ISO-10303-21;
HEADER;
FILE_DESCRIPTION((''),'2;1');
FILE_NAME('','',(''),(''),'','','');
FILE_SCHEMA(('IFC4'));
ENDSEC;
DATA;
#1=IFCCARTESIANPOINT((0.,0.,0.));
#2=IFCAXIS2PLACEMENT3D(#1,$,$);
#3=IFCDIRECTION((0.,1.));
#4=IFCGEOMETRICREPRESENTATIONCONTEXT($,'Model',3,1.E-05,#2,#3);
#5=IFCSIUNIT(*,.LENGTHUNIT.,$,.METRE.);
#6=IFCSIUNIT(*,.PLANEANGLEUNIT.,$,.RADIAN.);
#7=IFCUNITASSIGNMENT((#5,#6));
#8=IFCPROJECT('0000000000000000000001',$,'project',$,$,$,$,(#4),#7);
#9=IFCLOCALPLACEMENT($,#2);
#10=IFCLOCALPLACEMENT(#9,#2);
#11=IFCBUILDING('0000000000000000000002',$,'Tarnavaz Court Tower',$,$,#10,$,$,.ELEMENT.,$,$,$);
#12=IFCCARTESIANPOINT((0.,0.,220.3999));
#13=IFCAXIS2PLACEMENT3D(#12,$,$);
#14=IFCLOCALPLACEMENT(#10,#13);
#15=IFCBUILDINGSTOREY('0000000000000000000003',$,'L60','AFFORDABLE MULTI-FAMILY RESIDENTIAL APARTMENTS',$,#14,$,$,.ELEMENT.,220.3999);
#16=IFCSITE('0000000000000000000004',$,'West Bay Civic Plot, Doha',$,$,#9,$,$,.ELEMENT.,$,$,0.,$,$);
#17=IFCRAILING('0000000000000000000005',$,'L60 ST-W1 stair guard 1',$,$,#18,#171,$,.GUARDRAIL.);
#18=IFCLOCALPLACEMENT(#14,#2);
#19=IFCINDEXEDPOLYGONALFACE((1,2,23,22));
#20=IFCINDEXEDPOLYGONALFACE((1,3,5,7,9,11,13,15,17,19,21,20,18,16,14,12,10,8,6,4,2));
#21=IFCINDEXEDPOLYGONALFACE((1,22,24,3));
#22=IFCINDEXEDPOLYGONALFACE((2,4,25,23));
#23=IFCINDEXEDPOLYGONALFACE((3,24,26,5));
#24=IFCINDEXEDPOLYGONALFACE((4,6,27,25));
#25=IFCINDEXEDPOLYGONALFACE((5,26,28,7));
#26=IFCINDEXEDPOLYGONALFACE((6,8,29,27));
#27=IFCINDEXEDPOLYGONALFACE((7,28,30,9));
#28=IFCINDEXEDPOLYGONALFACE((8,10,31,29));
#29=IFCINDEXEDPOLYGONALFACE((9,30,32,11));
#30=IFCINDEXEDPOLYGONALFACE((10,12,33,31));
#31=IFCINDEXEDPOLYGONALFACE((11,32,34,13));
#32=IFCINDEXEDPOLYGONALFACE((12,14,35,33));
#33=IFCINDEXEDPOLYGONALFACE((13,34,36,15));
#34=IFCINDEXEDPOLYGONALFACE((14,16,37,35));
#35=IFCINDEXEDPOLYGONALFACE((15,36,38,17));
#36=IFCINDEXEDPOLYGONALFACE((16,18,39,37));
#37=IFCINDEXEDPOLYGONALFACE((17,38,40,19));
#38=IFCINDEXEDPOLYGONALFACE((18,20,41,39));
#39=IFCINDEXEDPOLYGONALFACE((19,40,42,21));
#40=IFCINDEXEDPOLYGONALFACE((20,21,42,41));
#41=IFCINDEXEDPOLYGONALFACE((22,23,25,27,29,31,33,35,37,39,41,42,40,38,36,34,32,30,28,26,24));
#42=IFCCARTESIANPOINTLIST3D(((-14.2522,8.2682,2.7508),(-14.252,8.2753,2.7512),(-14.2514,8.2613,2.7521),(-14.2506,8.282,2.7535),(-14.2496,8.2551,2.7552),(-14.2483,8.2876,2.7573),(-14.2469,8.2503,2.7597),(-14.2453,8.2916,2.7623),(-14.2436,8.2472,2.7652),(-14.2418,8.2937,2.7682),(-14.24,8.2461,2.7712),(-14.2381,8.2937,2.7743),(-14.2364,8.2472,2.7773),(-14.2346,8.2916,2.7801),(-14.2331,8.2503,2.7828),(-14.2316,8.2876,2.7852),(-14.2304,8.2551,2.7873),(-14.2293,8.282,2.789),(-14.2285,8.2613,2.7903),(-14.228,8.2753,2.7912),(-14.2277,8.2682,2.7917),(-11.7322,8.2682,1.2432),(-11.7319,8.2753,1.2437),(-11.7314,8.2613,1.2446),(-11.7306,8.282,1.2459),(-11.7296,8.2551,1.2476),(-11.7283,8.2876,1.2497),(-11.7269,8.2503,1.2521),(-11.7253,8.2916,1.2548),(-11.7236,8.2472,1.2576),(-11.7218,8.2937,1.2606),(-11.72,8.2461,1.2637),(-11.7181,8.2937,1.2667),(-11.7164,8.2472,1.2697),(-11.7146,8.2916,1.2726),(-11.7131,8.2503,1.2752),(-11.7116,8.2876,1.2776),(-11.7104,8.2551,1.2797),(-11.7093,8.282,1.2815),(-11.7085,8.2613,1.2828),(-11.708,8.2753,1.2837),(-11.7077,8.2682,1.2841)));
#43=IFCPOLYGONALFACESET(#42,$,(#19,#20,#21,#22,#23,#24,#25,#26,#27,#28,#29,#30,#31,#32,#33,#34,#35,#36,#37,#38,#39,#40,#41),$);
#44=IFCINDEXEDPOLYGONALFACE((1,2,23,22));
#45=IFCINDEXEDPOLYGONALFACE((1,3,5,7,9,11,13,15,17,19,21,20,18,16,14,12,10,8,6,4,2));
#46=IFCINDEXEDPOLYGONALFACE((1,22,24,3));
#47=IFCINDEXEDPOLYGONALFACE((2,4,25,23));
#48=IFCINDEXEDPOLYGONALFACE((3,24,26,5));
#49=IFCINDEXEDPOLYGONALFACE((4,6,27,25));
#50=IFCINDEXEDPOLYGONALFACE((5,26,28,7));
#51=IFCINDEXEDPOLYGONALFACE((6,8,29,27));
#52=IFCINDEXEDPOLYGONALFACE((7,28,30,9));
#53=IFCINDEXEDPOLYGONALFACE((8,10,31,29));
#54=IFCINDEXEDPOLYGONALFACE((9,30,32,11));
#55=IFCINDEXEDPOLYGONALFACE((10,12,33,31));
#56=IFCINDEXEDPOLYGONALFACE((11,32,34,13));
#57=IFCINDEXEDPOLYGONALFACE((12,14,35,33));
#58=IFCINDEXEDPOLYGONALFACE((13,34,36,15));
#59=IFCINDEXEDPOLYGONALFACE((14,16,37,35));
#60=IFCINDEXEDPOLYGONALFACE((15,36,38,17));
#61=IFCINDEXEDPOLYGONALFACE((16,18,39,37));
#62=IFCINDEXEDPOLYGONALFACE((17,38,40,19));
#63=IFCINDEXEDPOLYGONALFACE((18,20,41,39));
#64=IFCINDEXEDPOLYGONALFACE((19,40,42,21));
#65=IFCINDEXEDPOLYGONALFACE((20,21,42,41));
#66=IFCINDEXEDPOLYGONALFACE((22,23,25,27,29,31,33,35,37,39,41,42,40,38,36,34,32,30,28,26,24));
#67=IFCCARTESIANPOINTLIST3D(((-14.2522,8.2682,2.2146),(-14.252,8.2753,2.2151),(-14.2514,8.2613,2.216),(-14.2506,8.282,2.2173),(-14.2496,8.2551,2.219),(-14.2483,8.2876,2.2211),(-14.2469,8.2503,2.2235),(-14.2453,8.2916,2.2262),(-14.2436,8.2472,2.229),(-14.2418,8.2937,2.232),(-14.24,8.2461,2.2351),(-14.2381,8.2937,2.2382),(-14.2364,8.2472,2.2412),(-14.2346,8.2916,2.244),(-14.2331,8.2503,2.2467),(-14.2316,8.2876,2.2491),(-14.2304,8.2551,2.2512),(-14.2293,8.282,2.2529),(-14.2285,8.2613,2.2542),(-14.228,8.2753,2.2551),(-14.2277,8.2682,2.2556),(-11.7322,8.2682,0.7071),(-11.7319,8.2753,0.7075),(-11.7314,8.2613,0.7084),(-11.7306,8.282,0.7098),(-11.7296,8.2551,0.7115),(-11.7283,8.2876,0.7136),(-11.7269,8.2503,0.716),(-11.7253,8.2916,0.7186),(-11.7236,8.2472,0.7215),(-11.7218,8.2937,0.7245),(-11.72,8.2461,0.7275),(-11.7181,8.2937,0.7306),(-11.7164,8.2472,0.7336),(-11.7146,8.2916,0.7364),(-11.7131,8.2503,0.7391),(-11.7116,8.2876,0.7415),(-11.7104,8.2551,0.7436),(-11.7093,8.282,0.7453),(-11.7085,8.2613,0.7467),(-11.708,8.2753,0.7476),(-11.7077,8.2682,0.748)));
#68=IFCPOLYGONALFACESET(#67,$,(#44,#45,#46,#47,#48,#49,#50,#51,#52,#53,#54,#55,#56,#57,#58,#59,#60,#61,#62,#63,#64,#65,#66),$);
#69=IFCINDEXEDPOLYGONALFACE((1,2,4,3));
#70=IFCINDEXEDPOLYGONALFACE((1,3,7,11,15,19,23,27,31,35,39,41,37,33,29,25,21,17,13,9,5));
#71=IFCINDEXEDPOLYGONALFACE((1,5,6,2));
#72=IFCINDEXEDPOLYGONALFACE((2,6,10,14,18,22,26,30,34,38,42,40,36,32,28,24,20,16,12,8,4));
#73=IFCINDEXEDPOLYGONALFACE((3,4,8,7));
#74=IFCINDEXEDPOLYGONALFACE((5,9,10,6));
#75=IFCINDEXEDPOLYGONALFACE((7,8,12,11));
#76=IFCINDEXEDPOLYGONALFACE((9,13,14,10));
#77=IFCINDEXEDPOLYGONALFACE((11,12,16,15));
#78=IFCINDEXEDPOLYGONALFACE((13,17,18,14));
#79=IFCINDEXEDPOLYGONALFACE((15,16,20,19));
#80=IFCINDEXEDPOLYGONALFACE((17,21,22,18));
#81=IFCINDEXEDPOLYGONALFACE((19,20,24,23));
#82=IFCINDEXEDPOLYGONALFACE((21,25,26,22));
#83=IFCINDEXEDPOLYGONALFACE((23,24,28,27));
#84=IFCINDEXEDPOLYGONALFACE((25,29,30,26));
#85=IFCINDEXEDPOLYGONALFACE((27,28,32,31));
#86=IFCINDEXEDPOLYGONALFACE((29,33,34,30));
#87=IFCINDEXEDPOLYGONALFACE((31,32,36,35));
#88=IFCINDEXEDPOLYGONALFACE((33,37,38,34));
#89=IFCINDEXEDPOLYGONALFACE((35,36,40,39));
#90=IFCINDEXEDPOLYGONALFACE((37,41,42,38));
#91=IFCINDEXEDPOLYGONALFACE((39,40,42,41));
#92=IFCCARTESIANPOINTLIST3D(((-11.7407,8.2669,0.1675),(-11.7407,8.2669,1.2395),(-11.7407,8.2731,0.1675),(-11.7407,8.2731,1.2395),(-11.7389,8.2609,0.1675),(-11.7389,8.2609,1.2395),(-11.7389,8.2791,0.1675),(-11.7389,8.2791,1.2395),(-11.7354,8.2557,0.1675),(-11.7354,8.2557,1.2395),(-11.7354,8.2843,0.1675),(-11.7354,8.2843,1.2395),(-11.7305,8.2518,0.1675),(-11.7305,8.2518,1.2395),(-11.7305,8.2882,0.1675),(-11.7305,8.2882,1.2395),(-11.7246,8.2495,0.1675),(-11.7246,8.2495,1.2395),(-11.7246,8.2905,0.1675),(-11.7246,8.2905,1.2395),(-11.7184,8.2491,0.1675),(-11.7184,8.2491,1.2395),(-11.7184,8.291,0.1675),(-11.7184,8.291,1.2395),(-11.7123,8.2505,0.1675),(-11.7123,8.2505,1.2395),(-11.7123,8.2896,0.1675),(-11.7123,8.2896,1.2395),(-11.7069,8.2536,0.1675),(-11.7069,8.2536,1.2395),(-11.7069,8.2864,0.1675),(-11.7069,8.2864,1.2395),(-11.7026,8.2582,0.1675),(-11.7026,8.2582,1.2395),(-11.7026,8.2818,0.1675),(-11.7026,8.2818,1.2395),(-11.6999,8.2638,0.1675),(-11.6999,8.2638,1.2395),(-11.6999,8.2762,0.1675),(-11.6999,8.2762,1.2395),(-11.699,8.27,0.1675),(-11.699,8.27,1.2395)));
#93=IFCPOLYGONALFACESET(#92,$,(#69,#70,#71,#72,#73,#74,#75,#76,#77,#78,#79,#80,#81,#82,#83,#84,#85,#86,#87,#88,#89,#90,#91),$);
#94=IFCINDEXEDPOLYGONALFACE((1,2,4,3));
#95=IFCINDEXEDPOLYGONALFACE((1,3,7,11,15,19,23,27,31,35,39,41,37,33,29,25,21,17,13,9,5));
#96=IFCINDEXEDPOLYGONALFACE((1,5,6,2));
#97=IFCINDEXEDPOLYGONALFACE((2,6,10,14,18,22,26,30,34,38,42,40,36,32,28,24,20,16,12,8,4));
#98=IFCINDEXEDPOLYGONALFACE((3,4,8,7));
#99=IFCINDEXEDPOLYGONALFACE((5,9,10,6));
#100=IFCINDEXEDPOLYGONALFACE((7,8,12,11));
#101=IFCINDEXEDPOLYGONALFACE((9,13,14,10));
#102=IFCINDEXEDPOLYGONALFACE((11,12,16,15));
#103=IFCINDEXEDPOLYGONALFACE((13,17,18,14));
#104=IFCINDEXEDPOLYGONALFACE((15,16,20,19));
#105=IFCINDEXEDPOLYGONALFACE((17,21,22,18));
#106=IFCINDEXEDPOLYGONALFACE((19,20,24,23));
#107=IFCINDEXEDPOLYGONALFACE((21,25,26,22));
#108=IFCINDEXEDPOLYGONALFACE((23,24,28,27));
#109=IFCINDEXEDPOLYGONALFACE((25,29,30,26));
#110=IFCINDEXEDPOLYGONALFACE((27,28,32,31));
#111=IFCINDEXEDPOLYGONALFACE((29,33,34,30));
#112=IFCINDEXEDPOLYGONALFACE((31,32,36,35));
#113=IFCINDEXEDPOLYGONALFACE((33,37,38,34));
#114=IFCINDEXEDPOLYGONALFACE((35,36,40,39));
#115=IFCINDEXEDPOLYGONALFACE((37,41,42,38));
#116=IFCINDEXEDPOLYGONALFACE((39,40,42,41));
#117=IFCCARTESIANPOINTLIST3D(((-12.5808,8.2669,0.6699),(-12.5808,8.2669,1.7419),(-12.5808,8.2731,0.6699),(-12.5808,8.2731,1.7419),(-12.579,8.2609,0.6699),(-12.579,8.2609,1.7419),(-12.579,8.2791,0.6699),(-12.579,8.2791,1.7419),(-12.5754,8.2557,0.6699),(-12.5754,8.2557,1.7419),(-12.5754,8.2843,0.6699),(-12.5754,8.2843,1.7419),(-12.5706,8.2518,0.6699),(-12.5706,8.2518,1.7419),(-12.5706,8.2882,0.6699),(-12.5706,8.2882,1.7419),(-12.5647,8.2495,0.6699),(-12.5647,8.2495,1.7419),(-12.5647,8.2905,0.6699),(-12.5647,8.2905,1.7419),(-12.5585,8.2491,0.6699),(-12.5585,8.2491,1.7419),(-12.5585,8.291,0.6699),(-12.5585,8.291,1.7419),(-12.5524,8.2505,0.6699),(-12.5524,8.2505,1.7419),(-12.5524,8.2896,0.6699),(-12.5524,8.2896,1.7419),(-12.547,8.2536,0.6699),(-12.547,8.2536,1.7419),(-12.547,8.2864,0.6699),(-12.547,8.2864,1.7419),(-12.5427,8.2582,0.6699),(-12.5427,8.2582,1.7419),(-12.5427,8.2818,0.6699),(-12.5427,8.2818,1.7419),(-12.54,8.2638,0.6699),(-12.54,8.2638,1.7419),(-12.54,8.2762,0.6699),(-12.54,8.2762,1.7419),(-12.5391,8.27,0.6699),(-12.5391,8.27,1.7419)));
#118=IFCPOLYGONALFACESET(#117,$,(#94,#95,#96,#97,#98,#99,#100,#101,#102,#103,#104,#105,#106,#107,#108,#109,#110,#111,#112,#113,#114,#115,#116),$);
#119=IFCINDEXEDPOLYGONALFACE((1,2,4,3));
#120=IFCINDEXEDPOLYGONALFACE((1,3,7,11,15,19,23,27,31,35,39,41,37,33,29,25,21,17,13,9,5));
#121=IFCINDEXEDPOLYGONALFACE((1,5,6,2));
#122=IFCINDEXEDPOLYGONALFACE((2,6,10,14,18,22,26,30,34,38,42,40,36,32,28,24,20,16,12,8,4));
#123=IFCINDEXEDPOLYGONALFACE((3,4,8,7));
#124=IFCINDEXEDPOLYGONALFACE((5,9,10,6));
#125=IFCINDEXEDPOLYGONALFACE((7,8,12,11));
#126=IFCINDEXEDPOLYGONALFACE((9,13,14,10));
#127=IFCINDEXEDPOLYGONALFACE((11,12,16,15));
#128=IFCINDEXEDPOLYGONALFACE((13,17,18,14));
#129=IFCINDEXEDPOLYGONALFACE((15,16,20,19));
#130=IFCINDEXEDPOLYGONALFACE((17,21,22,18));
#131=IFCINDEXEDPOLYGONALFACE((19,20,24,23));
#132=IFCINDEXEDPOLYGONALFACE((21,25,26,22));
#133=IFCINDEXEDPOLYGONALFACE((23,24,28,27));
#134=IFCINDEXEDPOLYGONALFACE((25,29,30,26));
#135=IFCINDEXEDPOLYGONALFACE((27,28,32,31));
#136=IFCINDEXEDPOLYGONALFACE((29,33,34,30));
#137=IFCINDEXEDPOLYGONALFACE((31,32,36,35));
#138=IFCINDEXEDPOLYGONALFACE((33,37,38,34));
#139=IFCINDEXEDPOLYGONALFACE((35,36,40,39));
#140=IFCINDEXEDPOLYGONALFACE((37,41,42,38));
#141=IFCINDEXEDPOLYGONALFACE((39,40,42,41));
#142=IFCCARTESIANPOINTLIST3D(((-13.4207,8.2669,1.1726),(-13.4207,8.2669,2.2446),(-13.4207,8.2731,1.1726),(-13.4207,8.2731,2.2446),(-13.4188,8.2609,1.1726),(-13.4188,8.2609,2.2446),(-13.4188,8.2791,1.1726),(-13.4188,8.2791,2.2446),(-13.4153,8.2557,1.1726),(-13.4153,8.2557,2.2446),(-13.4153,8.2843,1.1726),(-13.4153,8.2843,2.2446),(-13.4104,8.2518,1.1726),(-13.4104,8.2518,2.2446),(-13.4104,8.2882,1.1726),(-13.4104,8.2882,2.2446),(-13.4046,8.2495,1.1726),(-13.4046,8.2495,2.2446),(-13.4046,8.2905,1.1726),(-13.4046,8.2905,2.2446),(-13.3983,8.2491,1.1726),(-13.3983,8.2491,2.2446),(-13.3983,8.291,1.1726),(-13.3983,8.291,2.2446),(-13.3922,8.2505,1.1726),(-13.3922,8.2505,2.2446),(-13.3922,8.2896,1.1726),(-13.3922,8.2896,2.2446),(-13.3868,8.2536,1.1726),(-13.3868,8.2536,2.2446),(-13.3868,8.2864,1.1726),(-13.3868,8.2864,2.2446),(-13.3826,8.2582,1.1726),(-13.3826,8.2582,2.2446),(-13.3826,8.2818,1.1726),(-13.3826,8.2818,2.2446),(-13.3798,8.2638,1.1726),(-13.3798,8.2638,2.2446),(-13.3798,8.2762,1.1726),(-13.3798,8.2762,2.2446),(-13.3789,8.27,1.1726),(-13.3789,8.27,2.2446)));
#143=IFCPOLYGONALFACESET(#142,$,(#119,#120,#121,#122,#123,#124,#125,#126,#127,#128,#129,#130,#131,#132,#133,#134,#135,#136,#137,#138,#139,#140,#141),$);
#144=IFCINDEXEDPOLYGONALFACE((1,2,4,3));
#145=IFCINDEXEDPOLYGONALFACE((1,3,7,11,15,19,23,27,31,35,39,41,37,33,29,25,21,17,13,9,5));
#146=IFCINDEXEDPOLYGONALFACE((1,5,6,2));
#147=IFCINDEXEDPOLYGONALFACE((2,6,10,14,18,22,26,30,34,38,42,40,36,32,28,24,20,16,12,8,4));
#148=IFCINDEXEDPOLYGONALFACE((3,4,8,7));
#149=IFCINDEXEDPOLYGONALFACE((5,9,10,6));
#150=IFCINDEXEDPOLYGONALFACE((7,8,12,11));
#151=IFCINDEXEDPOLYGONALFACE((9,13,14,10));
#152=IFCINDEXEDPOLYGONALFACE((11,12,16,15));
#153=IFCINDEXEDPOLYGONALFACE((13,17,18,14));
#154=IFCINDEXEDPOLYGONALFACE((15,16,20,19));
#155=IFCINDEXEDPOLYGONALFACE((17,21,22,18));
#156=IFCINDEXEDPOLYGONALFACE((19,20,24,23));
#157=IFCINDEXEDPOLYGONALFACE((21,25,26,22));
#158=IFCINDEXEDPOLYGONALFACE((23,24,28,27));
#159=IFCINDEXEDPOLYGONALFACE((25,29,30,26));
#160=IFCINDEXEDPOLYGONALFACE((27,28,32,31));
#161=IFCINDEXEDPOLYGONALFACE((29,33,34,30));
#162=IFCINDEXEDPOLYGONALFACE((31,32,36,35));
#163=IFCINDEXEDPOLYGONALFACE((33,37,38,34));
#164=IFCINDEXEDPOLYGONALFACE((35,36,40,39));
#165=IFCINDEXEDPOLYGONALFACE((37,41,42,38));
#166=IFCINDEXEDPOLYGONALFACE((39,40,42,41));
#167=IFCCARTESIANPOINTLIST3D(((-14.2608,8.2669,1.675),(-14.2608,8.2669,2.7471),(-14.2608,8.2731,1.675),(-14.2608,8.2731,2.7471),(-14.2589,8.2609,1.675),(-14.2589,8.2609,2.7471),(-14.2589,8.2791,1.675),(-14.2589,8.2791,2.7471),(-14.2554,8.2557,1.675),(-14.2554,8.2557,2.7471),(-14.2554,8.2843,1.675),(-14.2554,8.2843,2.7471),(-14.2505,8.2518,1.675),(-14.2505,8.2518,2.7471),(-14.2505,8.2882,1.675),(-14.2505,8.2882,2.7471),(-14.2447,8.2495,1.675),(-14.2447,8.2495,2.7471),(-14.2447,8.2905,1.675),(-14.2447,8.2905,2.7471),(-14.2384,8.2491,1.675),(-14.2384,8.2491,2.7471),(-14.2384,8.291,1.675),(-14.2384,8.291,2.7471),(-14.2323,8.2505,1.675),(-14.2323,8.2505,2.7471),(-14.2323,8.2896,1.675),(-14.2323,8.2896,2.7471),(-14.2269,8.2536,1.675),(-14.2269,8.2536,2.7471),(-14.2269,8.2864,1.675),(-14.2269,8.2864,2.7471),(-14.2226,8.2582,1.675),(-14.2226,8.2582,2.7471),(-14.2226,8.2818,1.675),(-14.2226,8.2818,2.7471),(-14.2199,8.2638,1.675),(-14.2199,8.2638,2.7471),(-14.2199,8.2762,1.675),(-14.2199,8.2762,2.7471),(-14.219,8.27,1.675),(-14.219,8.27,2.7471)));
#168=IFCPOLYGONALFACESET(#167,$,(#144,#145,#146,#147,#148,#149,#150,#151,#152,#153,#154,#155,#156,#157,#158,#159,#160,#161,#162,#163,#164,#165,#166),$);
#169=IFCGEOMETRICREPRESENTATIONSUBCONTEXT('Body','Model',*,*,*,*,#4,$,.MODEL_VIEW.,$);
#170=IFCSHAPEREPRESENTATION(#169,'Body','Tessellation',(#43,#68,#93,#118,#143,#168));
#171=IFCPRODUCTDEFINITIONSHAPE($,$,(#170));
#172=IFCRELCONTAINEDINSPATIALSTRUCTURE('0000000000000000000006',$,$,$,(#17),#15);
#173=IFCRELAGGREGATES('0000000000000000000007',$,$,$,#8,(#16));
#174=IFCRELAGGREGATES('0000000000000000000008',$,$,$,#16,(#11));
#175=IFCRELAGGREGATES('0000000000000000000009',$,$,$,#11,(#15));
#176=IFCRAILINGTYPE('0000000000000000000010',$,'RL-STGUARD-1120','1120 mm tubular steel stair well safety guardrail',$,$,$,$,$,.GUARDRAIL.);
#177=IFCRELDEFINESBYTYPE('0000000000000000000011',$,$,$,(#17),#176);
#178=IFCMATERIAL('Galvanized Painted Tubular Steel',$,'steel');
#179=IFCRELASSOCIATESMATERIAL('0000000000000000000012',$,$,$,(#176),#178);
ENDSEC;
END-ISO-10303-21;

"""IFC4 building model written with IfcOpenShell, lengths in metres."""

from ifc_helpers import new_model, si_unit, direction, frame, origin, origin_2d, place, context, subcontext, project, spatial, circle, extrude, material, type_object, element, save


model = new_model("IFC4")

# Units and contexts
model_context = context("Model", 3, precision=1e-05, world=origin(), true_north=direction((0.0, 1.0)))
body_context = subcontext(model_context, "Body", "Model", "MODEL_VIEW")
ifc_project = project(units=[si_unit("LENGTHUNIT", "METRE"), si_unit("PLANEANGLEUNIT", "RADIAN")], contexts=[model_context])

# Site, building, storey
site_placement = place(None, origin())
site = spatial("IfcSite", under=ifc_project, at=site_placement, Name="West Bay Civic Plot, Doha", CompositionType="ELEMENT", RefElevation=0.0)
building_placement = place(site_placement, origin())
building = spatial("IfcBuilding", under=site, at=building_placement, Name="Tarnavaz Court Tower", CompositionType="ELEMENT")
storey_placement = place(building_placement, frame((0.0, 0.0, 220.3999)))
storey = spatial("IfcBuildingStorey", under=building, at=storey_placement, Name="L60", Description="AFFORDABLE MULTI-FAMILY RESIDENTIAL APARTMENTS", CompositionType="ELEMENT", Elevation=220.3999)

# Railing
ifc_material_1 = material(Name="Galvanized Painted Tubular Steel", Category="steel")
railing_type_1 = type_object("IfcRailingType", Name="RL-STGUARD-1120", Description="1120 mm tubular steel stair well safety guardrail", PredefinedType="GUARDRAIL", material=ifc_material_1)
railing_1_placement = place(storey_placement, frame((-11.72, 8.27, 0.1675)))
element("IfcRailing", 1, at=railing_1_placement, inside=storey, type_object=railing_type_1, Name="L60 ST-W1 stair guard 1", PredefinedType="GUARDRAIL", context=body_context, shape_type="SweptSolid", body=[
    extrude(circle(Radius=0.0239, at=origin_2d()), frame((0.0, 0.0, 1.0962), z_axis=(-0.85816, 0.0, 0.513383), x_axis=(0.0, -1.0, 0.0)), (0.0, 0.0, 1.0), 2.9365),
    extrude(circle(Radius=0.0239, at=origin_2d()), frame((0.0, 0.0, 0.5601), z_axis=(-0.85816, 0.0, 0.513383), x_axis=(0.0, -1.0, 0.0)), (0.0, 0.0, 1.0), 2.9365),
    extrude(circle(Radius=0.021, at=origin_2d()), origin(), (0.0, 0.0, 1.0), 1.072),
    extrude(circle(Radius=0.021, at=origin_2d()), frame((-0.8401, 0.0, 0.5024)), (0.0, 0.0, 1.0), 1.072),
    extrude(circle(Radius=0.021, at=origin_2d()), frame((-1.6799, 0.0, 1.0051)), (0.0, 0.0, 1.0), 1.072),
    extrude(circle(Radius=0.021, at=origin_2d()), frame((-2.52, 0.0, 1.5076)), (0.0, 0.0, 1.0), 1.072),
])

save(model, "model.ifc")
